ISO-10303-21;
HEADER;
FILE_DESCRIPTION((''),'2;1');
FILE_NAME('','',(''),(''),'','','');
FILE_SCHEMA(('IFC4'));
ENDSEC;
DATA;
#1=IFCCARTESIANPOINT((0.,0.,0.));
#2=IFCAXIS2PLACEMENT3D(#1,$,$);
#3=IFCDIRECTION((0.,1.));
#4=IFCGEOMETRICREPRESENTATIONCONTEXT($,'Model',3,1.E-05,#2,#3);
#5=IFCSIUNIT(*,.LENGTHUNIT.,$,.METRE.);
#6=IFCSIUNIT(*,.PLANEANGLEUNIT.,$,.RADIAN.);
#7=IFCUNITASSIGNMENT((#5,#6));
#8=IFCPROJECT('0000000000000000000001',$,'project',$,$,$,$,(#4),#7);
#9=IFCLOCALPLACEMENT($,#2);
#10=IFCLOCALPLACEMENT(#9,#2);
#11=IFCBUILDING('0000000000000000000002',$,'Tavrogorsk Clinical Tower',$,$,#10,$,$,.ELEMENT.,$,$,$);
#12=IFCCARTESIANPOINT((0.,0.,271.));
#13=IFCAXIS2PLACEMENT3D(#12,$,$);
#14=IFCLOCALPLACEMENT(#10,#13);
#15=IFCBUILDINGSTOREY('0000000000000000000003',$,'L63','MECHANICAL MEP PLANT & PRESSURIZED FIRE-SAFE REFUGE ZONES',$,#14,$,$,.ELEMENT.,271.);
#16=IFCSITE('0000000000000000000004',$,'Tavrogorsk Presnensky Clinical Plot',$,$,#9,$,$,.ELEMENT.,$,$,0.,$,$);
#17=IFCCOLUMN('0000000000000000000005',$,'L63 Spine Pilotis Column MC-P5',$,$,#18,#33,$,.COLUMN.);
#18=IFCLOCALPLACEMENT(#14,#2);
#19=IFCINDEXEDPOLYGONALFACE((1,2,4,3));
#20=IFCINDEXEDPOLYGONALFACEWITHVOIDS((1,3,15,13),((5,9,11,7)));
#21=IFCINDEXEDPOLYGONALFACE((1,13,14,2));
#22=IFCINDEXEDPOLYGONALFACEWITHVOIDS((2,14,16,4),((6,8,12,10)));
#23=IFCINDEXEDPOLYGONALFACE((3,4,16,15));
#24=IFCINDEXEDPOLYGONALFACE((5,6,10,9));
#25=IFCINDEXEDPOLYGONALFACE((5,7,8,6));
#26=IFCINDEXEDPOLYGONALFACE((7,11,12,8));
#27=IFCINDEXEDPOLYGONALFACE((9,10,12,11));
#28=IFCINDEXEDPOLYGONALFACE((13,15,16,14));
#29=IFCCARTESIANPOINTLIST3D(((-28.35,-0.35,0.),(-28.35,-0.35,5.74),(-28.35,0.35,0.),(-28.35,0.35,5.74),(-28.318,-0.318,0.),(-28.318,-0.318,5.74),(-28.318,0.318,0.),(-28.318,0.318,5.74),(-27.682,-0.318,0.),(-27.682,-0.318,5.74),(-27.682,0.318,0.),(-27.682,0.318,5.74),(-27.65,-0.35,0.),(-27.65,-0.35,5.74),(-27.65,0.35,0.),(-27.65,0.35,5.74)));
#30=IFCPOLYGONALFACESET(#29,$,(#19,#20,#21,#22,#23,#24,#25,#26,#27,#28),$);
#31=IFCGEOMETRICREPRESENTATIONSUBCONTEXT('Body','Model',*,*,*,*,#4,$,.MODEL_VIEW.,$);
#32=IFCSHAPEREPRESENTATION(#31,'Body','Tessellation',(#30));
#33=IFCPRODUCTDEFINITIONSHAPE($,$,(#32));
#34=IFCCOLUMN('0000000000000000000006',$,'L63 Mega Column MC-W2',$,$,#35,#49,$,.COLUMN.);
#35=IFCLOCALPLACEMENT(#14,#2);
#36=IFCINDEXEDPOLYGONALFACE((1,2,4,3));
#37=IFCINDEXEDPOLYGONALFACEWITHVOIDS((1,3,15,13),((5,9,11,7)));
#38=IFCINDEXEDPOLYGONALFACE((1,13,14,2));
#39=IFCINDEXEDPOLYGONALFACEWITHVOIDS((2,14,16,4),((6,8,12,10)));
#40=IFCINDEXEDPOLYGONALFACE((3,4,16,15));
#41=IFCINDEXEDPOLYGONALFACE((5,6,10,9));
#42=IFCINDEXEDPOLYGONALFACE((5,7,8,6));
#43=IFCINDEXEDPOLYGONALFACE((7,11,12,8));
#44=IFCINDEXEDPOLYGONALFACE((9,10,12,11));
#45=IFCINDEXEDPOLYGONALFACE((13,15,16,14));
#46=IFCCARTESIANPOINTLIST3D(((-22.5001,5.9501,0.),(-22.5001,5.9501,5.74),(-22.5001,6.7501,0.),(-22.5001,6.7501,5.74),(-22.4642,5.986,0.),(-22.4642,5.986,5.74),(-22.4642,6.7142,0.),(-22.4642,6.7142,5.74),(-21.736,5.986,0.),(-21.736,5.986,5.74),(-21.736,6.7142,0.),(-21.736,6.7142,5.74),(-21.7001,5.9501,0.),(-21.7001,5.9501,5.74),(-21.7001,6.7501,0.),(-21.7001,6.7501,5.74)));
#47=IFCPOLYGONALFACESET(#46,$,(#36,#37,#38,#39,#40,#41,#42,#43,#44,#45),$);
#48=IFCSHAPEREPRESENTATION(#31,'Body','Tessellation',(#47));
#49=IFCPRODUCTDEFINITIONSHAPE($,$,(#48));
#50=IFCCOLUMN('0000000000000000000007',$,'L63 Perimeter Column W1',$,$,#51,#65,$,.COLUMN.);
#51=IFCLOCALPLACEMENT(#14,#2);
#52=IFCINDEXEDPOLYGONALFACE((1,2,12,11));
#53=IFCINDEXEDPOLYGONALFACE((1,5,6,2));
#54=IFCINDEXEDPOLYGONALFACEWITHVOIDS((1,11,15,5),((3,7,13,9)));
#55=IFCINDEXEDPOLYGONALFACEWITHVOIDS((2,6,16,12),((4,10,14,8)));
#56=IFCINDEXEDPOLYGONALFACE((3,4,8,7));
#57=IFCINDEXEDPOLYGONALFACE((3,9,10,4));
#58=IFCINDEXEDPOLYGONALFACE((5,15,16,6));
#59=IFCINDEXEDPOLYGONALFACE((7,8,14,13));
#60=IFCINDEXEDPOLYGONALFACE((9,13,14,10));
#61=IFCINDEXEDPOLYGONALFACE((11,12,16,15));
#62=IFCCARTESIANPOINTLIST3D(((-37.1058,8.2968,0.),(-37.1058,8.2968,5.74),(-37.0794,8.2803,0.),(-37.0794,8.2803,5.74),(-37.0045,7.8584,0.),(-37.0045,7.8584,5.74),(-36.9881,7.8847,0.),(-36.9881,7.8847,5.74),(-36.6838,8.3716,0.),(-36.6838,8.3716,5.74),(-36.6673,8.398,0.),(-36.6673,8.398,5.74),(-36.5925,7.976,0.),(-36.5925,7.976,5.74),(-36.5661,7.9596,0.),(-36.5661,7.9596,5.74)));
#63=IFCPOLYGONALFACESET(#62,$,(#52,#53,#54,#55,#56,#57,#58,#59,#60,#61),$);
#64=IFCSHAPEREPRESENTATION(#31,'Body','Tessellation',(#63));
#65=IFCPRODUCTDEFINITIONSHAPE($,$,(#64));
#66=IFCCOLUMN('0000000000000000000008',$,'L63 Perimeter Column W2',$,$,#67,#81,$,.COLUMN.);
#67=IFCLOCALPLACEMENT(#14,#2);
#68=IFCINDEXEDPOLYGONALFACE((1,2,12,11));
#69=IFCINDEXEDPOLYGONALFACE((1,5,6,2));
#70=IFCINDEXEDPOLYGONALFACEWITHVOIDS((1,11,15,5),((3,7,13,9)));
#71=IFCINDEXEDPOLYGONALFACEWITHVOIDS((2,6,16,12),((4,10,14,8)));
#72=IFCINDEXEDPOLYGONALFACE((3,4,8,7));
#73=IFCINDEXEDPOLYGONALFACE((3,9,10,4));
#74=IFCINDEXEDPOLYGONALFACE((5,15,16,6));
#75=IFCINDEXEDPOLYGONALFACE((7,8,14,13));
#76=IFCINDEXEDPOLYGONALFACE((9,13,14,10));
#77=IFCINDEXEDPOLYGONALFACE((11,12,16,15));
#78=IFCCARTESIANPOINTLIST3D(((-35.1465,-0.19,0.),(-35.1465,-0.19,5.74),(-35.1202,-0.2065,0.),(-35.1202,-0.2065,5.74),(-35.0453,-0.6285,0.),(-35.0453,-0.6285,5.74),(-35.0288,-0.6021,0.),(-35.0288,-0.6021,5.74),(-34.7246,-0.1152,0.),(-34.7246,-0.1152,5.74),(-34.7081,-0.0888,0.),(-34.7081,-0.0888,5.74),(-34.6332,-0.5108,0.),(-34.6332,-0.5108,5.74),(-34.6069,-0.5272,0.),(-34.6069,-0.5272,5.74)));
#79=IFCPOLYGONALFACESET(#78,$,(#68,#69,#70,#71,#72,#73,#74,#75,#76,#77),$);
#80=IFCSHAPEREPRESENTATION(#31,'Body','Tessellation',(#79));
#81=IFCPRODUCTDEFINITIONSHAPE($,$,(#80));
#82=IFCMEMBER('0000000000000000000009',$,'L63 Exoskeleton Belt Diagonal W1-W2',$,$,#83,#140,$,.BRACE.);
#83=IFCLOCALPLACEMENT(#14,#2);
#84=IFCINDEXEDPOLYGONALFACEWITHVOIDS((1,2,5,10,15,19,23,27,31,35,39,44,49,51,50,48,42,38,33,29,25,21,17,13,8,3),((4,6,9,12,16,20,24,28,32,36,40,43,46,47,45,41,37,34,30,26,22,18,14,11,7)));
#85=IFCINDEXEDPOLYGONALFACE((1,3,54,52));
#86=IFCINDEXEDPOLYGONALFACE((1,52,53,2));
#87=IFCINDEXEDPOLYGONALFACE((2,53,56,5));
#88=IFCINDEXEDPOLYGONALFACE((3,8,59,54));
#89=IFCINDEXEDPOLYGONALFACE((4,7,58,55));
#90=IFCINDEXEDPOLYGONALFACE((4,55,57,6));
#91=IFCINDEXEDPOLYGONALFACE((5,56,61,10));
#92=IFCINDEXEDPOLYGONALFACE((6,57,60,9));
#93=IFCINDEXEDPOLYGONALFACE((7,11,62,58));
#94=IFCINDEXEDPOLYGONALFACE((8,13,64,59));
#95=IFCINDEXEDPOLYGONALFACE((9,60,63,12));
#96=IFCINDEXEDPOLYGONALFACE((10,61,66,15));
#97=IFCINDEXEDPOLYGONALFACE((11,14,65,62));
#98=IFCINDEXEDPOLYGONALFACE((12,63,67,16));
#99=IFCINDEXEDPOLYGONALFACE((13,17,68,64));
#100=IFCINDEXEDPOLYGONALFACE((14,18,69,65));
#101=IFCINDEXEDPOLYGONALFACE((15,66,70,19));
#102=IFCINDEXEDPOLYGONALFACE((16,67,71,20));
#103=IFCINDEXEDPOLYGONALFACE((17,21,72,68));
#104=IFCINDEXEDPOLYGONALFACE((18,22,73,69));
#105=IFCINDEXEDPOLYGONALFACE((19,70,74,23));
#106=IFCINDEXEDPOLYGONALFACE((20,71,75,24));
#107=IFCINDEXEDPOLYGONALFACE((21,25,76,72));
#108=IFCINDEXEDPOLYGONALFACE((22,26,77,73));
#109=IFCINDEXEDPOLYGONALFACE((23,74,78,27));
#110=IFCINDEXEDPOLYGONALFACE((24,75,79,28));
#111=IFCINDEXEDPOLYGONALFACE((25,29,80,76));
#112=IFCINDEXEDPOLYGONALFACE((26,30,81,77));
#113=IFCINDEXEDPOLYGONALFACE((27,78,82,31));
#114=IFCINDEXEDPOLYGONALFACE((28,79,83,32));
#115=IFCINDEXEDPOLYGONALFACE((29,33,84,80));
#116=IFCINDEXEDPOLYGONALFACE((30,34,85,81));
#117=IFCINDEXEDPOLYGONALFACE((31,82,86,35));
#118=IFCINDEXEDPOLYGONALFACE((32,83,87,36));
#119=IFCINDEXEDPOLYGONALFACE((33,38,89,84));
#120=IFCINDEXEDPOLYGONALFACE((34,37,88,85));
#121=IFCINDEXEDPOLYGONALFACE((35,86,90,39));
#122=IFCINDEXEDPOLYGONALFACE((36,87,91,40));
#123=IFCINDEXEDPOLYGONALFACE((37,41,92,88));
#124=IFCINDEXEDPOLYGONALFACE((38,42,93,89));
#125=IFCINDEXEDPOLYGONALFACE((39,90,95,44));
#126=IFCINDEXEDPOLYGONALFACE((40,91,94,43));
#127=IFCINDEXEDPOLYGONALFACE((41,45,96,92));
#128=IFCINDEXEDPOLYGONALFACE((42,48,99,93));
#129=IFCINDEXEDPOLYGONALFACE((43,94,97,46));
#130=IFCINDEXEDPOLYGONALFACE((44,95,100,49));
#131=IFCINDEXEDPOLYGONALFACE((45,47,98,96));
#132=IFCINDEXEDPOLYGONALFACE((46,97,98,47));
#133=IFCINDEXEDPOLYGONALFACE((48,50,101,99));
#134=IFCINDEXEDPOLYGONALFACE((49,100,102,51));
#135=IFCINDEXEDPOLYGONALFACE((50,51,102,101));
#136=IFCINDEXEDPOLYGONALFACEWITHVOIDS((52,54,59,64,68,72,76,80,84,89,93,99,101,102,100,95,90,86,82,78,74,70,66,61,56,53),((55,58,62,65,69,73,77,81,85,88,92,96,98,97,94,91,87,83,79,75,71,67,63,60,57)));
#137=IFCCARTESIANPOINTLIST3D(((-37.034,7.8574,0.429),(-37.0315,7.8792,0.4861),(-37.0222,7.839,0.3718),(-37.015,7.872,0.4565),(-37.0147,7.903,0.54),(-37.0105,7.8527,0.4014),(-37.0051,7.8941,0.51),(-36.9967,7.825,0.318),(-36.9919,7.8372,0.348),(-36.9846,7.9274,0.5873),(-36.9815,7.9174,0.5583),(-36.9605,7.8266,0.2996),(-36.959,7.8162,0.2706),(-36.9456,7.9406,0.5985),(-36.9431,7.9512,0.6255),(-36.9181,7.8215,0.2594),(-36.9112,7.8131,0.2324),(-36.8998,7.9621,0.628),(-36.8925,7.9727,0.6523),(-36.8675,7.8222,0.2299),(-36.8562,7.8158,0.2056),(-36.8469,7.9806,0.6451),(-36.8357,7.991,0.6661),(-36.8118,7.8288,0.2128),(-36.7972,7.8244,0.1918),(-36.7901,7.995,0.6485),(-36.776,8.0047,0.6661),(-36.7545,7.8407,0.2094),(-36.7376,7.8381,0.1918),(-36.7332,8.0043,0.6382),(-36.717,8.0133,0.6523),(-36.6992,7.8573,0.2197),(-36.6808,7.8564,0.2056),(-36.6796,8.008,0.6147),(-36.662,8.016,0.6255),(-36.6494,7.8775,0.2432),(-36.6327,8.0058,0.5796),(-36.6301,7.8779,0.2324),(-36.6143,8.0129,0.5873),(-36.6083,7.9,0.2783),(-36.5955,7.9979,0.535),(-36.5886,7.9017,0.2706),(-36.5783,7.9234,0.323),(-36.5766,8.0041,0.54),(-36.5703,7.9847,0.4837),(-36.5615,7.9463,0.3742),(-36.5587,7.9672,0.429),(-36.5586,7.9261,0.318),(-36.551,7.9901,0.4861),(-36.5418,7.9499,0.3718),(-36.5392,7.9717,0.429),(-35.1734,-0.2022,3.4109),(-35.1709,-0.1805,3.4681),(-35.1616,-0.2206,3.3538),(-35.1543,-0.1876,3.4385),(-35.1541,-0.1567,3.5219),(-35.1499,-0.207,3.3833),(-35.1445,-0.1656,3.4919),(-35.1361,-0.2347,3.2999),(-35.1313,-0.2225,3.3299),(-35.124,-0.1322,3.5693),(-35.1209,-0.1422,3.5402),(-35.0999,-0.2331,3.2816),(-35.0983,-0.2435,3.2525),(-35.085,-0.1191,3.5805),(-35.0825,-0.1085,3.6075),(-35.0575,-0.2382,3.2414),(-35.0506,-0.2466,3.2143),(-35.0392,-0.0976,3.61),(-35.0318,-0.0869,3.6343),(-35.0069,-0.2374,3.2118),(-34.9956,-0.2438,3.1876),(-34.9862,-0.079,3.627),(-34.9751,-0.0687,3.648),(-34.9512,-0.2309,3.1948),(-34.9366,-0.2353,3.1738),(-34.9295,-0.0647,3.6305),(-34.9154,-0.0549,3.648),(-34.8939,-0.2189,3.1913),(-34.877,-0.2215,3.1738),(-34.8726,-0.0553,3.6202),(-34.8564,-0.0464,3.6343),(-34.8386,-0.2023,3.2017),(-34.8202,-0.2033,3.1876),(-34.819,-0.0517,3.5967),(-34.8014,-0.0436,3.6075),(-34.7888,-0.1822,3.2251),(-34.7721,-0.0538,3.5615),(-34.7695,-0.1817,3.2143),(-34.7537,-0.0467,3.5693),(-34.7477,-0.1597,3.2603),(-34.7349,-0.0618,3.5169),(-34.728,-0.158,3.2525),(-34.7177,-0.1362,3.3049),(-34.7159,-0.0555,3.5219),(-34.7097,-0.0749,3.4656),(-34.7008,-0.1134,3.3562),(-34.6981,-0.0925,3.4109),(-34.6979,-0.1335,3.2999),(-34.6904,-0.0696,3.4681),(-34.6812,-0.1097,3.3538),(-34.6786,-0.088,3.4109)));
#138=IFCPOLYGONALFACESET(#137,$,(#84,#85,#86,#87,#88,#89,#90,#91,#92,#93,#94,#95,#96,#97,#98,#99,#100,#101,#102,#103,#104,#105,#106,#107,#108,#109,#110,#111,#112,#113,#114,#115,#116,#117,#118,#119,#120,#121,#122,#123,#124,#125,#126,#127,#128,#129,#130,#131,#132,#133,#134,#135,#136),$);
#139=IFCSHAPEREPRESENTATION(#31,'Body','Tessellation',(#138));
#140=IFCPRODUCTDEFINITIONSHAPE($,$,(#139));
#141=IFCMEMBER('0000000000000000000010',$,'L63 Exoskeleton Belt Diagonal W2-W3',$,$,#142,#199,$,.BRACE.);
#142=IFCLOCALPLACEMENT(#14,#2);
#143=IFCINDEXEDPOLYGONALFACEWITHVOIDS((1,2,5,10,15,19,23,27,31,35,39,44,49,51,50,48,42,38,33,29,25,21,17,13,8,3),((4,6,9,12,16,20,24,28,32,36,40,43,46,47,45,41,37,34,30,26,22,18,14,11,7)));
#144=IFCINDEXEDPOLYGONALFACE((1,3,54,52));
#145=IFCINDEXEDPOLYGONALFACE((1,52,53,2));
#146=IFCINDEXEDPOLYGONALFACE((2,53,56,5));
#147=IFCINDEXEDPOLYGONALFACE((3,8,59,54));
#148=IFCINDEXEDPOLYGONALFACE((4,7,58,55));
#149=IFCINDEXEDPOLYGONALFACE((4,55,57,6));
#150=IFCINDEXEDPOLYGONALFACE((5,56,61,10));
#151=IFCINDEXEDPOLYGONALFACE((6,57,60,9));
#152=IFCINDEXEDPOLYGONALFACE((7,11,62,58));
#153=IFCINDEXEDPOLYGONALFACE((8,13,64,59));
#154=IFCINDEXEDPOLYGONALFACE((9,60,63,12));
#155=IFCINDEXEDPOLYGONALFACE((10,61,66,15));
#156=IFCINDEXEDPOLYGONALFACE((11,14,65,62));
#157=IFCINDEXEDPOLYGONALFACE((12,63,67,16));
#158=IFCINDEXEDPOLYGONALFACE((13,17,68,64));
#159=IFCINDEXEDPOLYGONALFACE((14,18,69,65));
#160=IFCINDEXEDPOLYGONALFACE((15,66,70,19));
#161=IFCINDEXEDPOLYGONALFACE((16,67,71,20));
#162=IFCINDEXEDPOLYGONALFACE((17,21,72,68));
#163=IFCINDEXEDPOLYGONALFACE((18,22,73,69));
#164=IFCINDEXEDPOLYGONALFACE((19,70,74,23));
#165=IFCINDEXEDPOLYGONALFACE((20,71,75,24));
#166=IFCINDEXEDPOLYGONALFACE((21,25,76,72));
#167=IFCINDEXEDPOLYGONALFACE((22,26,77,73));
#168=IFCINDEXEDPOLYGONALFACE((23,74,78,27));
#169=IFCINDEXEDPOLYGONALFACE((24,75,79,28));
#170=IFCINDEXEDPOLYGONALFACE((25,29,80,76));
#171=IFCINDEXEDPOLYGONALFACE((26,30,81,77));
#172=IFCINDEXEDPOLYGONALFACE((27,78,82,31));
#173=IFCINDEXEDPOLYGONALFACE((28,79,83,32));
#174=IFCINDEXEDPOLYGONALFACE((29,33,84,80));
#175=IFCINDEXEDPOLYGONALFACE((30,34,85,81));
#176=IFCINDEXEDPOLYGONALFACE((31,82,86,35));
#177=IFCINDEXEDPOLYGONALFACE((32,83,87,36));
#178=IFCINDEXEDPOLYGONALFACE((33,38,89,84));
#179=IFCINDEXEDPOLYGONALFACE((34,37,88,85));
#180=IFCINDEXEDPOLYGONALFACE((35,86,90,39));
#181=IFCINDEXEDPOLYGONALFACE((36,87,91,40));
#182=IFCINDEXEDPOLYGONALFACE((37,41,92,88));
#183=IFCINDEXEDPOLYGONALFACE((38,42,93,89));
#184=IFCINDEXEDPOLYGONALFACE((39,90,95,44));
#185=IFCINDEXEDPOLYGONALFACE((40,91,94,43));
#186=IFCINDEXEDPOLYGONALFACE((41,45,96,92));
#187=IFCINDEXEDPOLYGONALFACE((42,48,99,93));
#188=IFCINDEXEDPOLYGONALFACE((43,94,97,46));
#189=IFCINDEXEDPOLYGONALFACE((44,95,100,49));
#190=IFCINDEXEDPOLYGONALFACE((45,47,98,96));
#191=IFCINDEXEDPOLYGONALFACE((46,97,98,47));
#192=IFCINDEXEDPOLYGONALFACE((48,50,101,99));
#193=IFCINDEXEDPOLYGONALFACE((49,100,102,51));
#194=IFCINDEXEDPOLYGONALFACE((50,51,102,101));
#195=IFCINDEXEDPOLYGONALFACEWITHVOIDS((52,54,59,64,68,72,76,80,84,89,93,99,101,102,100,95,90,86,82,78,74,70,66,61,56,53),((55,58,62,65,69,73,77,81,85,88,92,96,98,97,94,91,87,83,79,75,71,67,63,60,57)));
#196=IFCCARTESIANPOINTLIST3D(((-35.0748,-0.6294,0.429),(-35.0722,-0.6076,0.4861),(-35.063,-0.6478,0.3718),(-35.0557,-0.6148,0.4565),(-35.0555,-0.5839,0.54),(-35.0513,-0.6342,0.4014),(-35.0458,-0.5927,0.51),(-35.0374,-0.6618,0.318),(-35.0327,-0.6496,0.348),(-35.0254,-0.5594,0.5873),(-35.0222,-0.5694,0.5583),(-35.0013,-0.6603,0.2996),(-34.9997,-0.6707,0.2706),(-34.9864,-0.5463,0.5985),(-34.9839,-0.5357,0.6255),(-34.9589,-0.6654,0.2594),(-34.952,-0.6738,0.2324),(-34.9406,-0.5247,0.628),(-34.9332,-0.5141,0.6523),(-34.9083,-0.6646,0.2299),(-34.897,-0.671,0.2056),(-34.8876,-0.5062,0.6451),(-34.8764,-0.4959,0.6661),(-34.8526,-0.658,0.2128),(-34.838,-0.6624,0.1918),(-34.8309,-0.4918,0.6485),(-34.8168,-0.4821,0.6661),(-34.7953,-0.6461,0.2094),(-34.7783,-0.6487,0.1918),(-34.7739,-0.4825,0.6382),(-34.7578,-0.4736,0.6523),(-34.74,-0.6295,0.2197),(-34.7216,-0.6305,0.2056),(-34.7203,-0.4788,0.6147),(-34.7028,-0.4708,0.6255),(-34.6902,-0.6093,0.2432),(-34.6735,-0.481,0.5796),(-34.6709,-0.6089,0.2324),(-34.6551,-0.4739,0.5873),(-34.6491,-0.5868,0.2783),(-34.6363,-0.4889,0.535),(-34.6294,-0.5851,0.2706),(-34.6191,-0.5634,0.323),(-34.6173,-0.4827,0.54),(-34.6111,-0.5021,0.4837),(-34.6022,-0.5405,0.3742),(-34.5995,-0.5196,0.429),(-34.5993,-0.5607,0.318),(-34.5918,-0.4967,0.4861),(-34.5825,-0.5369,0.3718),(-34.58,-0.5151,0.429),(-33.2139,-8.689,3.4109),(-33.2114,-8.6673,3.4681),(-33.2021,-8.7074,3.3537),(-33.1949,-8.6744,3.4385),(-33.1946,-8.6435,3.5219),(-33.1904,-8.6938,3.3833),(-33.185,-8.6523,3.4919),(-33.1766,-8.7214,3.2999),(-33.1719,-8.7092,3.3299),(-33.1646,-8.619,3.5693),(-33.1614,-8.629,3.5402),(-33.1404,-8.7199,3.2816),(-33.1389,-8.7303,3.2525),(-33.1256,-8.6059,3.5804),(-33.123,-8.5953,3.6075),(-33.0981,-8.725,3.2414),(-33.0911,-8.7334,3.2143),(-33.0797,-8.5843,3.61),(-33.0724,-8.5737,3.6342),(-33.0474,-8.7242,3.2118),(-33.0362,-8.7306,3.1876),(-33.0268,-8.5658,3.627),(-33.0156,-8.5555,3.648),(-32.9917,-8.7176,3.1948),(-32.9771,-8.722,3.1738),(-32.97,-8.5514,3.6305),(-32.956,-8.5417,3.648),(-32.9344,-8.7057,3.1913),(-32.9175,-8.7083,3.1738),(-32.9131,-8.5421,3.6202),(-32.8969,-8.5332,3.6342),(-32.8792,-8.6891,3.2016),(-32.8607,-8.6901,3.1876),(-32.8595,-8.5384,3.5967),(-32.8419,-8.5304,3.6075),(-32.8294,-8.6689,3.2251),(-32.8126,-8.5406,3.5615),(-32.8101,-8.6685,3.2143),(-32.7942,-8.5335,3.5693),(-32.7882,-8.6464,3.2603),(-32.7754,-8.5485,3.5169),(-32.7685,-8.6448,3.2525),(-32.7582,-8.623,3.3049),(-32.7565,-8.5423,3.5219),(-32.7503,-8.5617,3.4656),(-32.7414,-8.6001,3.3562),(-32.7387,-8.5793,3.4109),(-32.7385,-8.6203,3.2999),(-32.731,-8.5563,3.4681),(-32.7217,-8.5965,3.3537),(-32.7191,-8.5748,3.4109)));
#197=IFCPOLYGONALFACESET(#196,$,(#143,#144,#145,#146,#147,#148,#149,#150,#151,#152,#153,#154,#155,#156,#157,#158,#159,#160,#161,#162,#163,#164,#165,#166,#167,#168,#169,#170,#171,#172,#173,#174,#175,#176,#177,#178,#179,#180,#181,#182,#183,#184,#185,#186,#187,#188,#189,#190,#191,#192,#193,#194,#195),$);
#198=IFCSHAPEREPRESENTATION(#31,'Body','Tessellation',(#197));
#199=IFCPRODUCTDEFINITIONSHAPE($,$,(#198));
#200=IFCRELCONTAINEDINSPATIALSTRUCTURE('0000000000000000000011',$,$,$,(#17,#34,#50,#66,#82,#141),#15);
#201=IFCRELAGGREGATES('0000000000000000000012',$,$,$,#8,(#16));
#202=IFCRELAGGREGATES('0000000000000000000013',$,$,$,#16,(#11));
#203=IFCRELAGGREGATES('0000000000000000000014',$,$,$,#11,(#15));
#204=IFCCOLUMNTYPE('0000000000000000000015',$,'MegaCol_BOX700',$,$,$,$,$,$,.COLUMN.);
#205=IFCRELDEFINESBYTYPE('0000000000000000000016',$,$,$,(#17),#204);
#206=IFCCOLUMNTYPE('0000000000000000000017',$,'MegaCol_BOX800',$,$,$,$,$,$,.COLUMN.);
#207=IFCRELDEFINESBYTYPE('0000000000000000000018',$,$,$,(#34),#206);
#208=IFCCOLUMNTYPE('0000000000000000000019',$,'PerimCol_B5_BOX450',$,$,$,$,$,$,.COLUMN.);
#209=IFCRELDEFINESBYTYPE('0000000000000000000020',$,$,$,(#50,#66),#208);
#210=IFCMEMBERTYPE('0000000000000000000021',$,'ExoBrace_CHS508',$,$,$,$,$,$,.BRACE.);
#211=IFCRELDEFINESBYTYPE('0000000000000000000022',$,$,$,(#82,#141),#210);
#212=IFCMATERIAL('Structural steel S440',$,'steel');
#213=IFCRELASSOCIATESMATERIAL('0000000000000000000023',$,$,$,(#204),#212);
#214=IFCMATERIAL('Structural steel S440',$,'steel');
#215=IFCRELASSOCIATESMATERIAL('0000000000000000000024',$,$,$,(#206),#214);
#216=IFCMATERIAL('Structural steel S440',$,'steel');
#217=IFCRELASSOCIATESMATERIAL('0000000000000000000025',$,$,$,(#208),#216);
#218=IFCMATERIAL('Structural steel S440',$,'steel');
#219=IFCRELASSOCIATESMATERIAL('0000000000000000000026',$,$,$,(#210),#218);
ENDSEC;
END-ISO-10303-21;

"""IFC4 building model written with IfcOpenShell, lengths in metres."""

from ifc_helpers import new_model, si_unit, direction, frame, origin, origin_2d, place, context, subcontext, project, spatial, hollow_rectangle, hollow_circle, extrude, material, material_profile, profile_set, type_object, element, save


model = new_model("IFC4")

# Units and contexts
model_context = context("Model", 3, precision=1e-05, world=origin(), true_north=direction((0.0, 1.0)))
body_context = subcontext(model_context, "Body", "Model", "MODEL_VIEW")
ifc_project = project(units=[si_unit("LENGTHUNIT", "METRE"), si_unit("PLANEANGLEUNIT", "RADIAN")], contexts=[model_context])

# Site, building, storey
site_placement = place(None, origin())
site = spatial("IfcSite", under=ifc_project, at=site_placement, Name="Tavrogorsk Presnensky Clinical Plot", CompositionType="ELEMENT", RefElevation=0.0)
building_placement = place(site_placement, origin())
building = spatial("IfcBuilding", under=site, at=building_placement, Name="Tavrogorsk Clinical Tower", CompositionType="ELEMENT")
storey_placement = place(building_placement, frame((0.0, 0.0, 271.0)))
storey = spatial("IfcBuildingStorey", under=building, at=storey_placement, Name="L63", Description="MECHANICAL MEP PLANT & PRESSURIZED FIRE-SAFE REFUGE ZONES", CompositionType="ELEMENT", Elevation=271.0)

# Columns
ifc_material_1 = material(Name="Structural steel S440", Category="steel")
ifc_material_profile_1 = material_profile(ifc_material_1, hollow_rectangle(XDim=0.7, YDim=0.7, WallThickness=0.032, at=origin_2d()), Name="BOX-700x700x32")
ifc_profile_set_1 = profile_set([ifc_material_profile_1], Name="Structural steel S440")
column_type_1 = type_object("IfcColumnType", Name="MegaCol_BOX700", PredefinedType="COLUMN", material=ifc_profile_set_1)
column_1_placement = place(storey_placement, frame((-28.0, 0.0, 0.0), z_axis=(0.0, 0.0, 1.0), x_axis=(1.0, 0.0, 0.0)))
element("IfcColumn", 1, at=column_1_placement, inside=storey, type_object=column_type_1, Name="L63 Spine Pilotis Column MC-P5", PredefinedType="COLUMN", context=body_context, shape_type="SweptSolid", body=[
    extrude(hollow_rectangle(XDim=0.7, YDim=0.7, WallThickness=0.032, at=origin_2d()), origin(), (0.0, 0.0, 1.0), 5.74),
])
ifc_material_2 = material(Name="Structural steel S440", Category="steel")
ifc_material_profile_2 = material_profile(ifc_material_2, hollow_rectangle(XDim=0.8, YDim=0.8, WallThickness=0.0359, at=origin_2d()), Name="BOX-800x800x36")
ifc_profile_set_2 = profile_set([ifc_material_profile_2], Name="Structural steel S440")
column_type_2 = type_object("IfcColumnType", Name="MegaCol_BOX800", PredefinedType="COLUMN", material=ifc_profile_set_2)
column_2_placement = place(storey_placement, frame((-22.1001, 6.3501, 0.0), z_axis=(0.0, 0.0, 1.0), x_axis=(1.0, 0.0, 0.0)))
element("IfcColumn", 2, at=column_2_placement, inside=storey, type_object=column_type_2, Name="L63 Mega Column MC-W2", PredefinedType="COLUMN", context=body_context, shape_type="SweptSolid", body=[
    extrude(hollow_rectangle(XDim=0.8, YDim=0.8, WallThickness=0.0359, at=origin_2d()), origin(), (0.0, 0.0, 1.0), 5.74),
])
ifc_material_3 = material(Name="Structural steel S440", Category="steel")
ifc_material_profile_3 = material_profile(ifc_material_3, hollow_rectangle(XDim=0.45, YDim=0.45, WallThickness=0.022, at=origin_2d()), Name="BOX-450x450x22")
ifc_profile_set_3 = profile_set([ifc_material_profile_3], Name="Structural steel S440")
column_type_3 = type_object("IfcColumnType", Name="PerimCol_B5_BOX450", PredefinedType="COLUMN", material=ifc_profile_set_3)
for number, where, z_axis, x_axis, name in (
    (3, (-36.8359, 8.1282, 0.0), (0.0, 0.0, 1.0), (0.97437, 0.224951, 0.0), "L63 Perimeter Column W1"),
    (4, (-34.8767, -0.3586, 0.0), (0.0, 0.0, 1.0), (0.97437, 0.224951, 0.0), "L63 Perimeter Column W2"),
):
    element("IfcColumn", number, at=place(storey_placement, frame(where, z_axis=z_axis, x_axis=x_axis)), inside=storey, type_object=column_type_3, Name=name, PredefinedType="COLUMN", context=body_context, shape_type="SweptSolid", body=[
        extrude(hollow_rectangle(XDim=0.45, YDim=0.45, WallThickness=0.022, at=origin_2d()), origin(), (0.0, 0.0, 1.0), 5.74),
    ])

# Members
ifc_material_4 = material(Name="Structural steel S440", Category="steel")
ifc_material_profile_4 = material_profile(ifc_material_4, hollow_circle(Radius=0.2539, WallThickness=0.02, at=origin_2d()), Name="CHS-508x20")
ifc_profile_set_4 = profile_set([ifc_material_profile_4], Name="Structural steel S440")
member_type_1 = type_object("IfcMemberType", Name="ExoBrace_CHS508", PredefinedType="BRACE", material=ifc_profile_set_4)
for number, where, z_axis, x_axis, name in (
    (5, (-36.7866, 7.9146, 0.429), (0.211608, -0.916627, 0.33914), (0.974373, 0.224939, 0.0), "L63 Exoskeleton Belt Diagonal W1-W2"),
    (6, (-34.8274, -0.5723, 0.429), (0.211635, -0.916622, 0.339138), (0.974366, 0.224967, 0.0), "L63 Exoskeleton Belt Diagonal W2-W3"),
):
    element("IfcMember", number, at=place(storey_placement, frame(where, z_axis=z_axis, x_axis=x_axis)), inside=storey, type_object=member_type_1, Name=name, PredefinedType="BRACE", context=body_context, shape_type="SweptSolid", body=[
        extrude(hollow_circle(Radius=0.2539, WallThickness=0.02, at=origin_2d()), origin(), (0.0, 0.0, 1.0), 8.7927),
    ])

save(model, "model.ifc")
